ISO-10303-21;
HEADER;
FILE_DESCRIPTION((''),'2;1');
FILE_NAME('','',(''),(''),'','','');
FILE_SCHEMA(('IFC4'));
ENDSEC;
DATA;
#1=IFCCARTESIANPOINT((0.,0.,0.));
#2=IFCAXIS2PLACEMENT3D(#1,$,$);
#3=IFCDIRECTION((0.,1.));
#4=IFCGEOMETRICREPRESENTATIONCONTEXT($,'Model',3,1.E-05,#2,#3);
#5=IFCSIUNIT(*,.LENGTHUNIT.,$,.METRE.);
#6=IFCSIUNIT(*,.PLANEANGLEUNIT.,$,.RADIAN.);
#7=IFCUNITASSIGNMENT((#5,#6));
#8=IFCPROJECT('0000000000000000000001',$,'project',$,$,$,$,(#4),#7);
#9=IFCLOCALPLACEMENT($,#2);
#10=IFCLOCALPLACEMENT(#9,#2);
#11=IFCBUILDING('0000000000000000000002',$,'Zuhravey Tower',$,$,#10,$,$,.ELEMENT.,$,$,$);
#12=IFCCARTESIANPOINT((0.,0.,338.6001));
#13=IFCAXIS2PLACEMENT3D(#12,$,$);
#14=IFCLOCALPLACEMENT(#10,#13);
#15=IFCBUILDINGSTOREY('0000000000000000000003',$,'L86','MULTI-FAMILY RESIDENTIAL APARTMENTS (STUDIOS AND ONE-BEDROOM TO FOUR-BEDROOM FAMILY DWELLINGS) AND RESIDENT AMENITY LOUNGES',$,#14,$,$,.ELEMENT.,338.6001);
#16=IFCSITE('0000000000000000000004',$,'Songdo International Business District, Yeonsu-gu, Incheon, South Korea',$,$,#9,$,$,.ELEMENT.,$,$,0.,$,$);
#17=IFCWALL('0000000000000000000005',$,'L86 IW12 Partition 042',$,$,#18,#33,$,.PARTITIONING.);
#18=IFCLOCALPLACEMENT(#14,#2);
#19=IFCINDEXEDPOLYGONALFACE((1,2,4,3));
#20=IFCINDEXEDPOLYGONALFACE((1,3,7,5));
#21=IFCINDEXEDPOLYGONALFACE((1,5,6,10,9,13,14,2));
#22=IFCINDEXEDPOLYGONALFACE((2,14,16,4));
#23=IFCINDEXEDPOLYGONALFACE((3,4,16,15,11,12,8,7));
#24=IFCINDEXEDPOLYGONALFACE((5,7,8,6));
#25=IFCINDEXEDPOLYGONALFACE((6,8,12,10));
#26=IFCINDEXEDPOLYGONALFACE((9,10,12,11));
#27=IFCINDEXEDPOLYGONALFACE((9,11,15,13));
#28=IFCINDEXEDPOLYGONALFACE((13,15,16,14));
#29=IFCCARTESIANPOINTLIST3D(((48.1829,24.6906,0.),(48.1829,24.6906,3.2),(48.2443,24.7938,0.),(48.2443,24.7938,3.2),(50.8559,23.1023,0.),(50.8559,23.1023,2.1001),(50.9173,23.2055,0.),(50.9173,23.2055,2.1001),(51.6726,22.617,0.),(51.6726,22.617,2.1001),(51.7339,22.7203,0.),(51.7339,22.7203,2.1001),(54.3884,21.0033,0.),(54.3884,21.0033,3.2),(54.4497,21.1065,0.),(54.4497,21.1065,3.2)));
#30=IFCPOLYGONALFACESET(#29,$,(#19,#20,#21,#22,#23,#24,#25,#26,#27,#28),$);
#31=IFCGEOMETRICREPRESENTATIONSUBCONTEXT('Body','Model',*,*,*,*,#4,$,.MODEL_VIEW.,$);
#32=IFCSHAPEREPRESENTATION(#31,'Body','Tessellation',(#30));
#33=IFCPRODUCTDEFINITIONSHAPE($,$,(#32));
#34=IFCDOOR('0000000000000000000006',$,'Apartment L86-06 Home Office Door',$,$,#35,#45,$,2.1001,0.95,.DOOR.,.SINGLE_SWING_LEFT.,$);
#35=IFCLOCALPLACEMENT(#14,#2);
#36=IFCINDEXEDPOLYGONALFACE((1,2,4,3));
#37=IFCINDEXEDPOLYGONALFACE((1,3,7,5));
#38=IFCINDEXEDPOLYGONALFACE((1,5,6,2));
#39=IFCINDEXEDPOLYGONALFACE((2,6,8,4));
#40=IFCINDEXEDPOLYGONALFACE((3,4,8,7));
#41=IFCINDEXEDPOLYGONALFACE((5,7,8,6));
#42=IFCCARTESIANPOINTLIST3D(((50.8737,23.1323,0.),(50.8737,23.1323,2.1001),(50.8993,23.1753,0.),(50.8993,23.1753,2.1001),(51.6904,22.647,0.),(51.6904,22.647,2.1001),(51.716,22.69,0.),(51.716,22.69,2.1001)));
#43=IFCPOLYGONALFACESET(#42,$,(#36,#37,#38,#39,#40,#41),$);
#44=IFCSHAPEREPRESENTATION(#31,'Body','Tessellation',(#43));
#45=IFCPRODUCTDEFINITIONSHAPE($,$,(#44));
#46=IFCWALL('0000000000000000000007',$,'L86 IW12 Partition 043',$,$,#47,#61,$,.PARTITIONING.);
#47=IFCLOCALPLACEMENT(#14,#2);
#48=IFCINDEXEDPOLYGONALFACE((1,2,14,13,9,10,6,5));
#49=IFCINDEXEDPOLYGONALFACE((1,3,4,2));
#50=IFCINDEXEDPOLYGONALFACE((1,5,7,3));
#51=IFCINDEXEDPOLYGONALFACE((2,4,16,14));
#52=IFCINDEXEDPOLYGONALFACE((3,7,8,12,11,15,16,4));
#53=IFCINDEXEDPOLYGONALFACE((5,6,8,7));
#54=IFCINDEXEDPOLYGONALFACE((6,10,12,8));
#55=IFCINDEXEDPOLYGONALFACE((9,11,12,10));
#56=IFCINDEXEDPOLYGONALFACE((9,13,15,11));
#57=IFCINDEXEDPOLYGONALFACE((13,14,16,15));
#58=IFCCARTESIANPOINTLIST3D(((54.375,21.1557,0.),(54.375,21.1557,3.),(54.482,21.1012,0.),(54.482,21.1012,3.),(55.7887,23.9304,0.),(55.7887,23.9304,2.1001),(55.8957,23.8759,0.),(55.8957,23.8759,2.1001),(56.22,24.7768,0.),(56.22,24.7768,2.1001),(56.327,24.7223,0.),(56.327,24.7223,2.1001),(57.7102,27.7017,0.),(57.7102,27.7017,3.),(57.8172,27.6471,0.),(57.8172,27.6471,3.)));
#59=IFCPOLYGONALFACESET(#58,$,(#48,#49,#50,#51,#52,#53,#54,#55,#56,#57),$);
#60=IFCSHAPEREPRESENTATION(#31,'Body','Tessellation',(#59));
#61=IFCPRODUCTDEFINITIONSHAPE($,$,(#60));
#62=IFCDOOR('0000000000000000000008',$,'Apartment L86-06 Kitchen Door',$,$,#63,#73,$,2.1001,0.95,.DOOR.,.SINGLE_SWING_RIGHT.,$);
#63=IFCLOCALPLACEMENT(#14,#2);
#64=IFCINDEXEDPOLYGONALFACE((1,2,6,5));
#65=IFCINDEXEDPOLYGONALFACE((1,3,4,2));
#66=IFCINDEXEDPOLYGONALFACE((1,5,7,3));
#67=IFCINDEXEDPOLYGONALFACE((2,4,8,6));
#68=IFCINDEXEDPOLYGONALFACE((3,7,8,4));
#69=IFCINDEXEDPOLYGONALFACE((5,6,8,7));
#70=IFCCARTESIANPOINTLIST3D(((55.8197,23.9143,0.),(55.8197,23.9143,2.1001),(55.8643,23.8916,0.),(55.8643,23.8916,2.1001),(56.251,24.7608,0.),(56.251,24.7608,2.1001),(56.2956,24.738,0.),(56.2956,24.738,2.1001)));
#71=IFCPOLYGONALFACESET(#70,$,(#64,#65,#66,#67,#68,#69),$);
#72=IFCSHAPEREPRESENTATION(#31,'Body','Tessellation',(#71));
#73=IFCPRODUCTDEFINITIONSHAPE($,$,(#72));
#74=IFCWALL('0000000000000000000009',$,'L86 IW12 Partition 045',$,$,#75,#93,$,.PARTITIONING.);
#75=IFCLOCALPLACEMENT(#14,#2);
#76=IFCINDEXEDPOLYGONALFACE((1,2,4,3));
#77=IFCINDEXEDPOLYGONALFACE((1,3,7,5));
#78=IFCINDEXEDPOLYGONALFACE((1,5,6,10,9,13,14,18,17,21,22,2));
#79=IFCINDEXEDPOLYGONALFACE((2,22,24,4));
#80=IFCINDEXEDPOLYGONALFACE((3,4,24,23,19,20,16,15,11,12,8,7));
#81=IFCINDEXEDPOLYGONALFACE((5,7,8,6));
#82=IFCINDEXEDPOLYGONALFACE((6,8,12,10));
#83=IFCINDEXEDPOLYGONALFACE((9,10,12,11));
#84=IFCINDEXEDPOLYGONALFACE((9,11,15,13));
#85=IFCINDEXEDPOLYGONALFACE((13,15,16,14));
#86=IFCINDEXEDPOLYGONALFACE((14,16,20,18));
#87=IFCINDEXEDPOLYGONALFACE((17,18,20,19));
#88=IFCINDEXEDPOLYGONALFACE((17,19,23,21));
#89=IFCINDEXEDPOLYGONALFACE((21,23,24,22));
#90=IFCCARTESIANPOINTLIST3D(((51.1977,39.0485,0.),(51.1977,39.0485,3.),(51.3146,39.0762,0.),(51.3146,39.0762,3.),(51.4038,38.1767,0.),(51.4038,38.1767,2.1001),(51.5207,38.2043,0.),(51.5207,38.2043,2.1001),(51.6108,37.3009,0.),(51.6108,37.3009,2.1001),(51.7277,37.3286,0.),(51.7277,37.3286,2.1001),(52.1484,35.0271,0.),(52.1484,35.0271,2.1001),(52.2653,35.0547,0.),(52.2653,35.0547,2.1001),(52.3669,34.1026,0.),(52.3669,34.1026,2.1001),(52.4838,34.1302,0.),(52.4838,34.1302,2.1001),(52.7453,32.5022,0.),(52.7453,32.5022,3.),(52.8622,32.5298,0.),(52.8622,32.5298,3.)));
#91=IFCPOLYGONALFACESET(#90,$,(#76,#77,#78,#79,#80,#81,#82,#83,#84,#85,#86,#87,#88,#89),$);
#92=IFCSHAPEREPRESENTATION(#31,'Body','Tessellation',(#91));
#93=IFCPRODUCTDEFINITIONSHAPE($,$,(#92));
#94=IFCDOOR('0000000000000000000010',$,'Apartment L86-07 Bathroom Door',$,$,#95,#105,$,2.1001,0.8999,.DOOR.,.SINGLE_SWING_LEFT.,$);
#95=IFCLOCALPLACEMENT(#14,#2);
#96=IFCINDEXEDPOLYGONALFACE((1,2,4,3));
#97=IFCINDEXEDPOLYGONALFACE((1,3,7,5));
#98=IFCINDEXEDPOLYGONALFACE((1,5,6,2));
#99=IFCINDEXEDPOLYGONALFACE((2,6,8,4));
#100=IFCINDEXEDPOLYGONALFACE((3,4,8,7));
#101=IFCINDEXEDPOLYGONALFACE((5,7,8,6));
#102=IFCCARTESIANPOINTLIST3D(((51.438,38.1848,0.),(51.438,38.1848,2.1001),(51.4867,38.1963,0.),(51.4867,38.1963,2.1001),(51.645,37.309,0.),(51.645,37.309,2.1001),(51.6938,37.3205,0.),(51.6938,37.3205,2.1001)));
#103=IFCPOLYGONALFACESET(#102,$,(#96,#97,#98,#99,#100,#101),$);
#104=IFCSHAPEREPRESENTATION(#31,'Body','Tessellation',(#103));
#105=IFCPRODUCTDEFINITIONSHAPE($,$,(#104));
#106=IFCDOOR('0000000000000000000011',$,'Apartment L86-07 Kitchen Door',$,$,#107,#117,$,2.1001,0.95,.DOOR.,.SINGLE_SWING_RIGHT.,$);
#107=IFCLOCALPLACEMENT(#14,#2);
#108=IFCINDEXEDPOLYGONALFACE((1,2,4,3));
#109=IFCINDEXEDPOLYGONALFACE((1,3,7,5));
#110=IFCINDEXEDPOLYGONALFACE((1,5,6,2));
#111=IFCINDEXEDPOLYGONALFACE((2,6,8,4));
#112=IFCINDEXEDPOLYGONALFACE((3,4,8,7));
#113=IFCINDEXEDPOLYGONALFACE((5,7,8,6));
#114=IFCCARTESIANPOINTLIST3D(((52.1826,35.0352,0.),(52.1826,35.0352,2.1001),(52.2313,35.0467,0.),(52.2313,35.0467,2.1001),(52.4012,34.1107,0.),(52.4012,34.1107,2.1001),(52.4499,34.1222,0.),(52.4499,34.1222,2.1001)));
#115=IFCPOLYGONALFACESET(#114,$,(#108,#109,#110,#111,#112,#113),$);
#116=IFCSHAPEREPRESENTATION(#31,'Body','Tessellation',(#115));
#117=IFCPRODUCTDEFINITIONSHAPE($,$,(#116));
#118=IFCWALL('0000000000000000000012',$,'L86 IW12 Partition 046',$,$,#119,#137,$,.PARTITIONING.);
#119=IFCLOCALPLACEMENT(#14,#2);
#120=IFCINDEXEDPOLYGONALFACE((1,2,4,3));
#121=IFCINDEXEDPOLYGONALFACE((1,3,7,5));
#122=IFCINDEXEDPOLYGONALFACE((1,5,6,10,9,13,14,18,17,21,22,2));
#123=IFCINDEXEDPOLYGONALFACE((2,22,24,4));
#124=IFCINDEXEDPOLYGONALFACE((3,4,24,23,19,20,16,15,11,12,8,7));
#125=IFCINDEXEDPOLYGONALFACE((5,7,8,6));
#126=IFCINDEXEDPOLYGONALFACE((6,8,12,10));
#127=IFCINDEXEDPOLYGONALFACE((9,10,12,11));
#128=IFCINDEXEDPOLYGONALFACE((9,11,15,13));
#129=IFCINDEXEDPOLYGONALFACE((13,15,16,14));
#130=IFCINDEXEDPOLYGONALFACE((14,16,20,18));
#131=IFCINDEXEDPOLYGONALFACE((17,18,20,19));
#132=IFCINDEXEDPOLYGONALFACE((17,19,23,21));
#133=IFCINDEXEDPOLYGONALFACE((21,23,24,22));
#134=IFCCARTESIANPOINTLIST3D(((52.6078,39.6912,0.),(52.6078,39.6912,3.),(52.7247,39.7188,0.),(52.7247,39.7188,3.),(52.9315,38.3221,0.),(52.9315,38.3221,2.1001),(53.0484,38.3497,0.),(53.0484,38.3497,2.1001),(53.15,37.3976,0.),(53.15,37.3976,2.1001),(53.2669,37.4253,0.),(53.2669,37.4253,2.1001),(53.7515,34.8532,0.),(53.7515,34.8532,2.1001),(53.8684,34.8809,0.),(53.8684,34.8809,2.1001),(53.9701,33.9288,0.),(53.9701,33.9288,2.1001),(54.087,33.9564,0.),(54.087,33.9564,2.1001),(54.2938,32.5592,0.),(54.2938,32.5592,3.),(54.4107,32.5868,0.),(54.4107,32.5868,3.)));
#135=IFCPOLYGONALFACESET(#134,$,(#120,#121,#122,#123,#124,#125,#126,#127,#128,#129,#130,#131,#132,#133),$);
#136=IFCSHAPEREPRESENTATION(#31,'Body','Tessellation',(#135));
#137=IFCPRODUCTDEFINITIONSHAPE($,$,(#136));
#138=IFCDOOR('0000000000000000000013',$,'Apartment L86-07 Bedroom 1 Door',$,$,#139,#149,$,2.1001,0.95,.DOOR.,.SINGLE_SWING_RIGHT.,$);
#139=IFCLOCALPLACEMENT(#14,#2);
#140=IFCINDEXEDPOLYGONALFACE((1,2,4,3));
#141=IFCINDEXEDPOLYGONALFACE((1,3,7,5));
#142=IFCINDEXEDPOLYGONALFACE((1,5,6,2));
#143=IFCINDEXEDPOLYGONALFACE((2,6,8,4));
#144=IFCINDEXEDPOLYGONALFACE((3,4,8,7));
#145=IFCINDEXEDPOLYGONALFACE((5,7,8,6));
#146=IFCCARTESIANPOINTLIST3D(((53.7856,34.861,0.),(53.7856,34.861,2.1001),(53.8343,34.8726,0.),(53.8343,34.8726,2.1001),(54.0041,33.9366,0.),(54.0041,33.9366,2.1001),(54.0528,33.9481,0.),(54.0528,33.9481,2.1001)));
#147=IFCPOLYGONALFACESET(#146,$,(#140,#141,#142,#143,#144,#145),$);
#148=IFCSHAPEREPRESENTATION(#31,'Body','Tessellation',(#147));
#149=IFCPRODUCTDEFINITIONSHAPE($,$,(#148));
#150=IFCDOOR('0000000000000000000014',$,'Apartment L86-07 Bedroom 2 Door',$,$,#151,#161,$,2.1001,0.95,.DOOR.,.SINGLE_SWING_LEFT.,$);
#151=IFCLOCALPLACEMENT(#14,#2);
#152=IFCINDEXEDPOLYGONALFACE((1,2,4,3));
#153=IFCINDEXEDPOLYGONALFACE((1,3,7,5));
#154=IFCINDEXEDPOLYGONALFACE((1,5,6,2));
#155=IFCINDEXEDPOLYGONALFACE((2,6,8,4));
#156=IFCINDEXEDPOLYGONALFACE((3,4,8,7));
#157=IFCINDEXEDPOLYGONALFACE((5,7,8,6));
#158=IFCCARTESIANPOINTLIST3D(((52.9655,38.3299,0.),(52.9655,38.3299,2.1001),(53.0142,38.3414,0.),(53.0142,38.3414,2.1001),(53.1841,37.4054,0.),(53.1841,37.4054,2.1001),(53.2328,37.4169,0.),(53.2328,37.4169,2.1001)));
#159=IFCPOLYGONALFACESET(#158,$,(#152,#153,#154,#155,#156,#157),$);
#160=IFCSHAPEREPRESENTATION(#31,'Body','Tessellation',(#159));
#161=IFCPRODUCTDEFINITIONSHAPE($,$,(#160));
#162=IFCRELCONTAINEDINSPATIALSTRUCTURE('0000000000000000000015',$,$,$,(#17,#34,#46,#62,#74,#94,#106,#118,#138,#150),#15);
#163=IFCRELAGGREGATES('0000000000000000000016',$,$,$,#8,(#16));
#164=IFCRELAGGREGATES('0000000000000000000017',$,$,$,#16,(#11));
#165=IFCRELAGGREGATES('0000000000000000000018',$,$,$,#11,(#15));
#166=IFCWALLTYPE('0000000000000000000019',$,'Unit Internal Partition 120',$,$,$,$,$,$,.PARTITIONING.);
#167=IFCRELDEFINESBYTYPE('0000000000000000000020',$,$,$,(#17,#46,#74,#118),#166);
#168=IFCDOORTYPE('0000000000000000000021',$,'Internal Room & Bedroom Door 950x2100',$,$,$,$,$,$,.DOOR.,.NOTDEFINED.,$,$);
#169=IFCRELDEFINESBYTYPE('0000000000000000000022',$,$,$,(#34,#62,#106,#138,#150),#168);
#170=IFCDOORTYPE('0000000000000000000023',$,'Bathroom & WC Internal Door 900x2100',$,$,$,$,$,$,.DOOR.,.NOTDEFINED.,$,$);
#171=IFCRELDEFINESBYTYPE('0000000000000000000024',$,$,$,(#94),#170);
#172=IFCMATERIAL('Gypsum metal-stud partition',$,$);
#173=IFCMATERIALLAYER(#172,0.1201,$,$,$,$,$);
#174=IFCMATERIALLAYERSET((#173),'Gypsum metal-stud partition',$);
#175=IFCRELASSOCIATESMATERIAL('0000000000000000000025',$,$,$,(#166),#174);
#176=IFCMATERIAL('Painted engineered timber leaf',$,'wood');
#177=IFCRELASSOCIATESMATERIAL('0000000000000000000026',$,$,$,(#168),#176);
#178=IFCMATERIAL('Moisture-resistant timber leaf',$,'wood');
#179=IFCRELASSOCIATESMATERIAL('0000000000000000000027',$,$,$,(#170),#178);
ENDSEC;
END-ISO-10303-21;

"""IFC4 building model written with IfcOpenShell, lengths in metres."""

from ifc_helpers import new_model, si_unit, direction, frame, frame_2d, origin, place, context, subcontext, project, spatial, rectangle, extrude, material, layer, layer_set, type_object, element, fill, save


model = new_model("IFC4")

# Units and contexts
model_context = context("Model", 3, precision=1e-05, world=origin(), true_north=direction((0.0, 1.0)))
body_context = subcontext(model_context, "Body", "Model", "MODEL_VIEW")
ifc_project = project(units=[si_unit("LENGTHUNIT", "METRE"), si_unit("PLANEANGLEUNIT", "RADIAN")], contexts=[model_context])

# Site, building, storey
site_placement = place(None, origin())
site = spatial("IfcSite", under=ifc_project, at=site_placement, Name="Songdo International Business District, Yeonsu-gu, Incheon, South Korea", CompositionType="ELEMENT", RefElevation=0.0)
building_placement = place(site_placement, origin())
building = spatial("IfcBuilding", under=site, at=building_placement, Name="Zuhravey Tower", CompositionType="ELEMENT")
storey_placement = place(building_placement, frame((0.0, 0.0, 338.6001)))
storey = spatial("IfcBuildingStorey", under=building, at=storey_placement, Name="L86", Description="MULTI-FAMILY RESIDENTIAL APARTMENTS (STUDIOS AND ONE-BEDROOM TO FOUR-BEDROOM FAMILY DWELLINGS) AND RESIDENT AMENITY LOUNGES", CompositionType="ELEMENT", Elevation=338.6001)

# Walls, openings, doors
ifc_material_1 = material(Name="Gypsum metal-stud partition")
ifc_layer_1 = layer(ifc_material_1, 0.1201)
ifc_layer_set_1 = layer_set([ifc_layer_1], Name="Gypsum metal-stud partition")
wall_type_1 = type_object("IfcWallType", Name="Unit Internal Partition 120", PredefinedType="PARTITIONING", material=ifc_layer_set_1)
wall_1_placement = place(storey_placement, frame((48.2136, 24.7422, 0.0), z_axis=(0.0, 0.0, 1.0), x_axis=(0.859682, -0.51083, 0.0)))
wall_1 = element("IfcWall", 1, at=wall_1_placement, inside=storey, type_object=wall_type_1, Name="L86 IW12 Partition 042", PredefinedType="PARTITIONING", context=body_context, shape_type="SweptSolid", body=[
    extrude(rectangle(XDim=7.2183, YDim=0.1201, at=frame_2d((3.6091, 0.0))), origin(), (0.0, 0.0, 1.0), 3.2),
])
opening_1_placement = place(wall_1_placement, frame((3.1091, 0.0, 0.0)))
opening_1 = element("IfcOpeningElement", 2, at=opening_1_placement, cuts=wall_1, PredefinedType="OPENING", context=body_context, shape_type="SweptSolid", body=[
    extrude(rectangle(XDim=0.95, YDim=2.1001, at=frame_2d((0.4751, 1.05))), frame((0.0, 0.072, 0.0), z_axis=(0.0, -1.0, 0.0), x_axis=(1.0, 0.0, 0.0)), (0.0, 0.0, 1.0), 0.144),
])
ifc_material_2 = material(Name="Painted engineered timber leaf", Category="wood")
door_type_1 = type_object("IfcDoorType", Name="Internal Room & Bedroom Door 950x2100", OperationType="NOTDEFINED", PredefinedType="DOOR", material=ifc_material_2)
door_1_placement = place(opening_1_placement, origin())
door_1 = element("IfcDoor", 3, at=door_1_placement, inside=storey, type_object=door_type_1, Name="Apartment L86-06 Home Office Door", OperationType="SINGLE_SWING_LEFT", OverallHeight=2.1001, OverallWidth=0.95, PredefinedType="DOOR", context=body_context, shape_type="SweptSolid", body=[
    extrude(rectangle(XDim=0.95, YDim=2.1001, at=frame_2d((0.4751, 1.05))), frame((0.0, 0.0249, 0.0), z_axis=(0.0, -1.0, 0.0), x_axis=(1.0, 0.0, 0.0)), (0.0, 0.0, 1.0), 0.05),
])
fill(opening_1, door_1)
wall_2_placement = place(storey_placement, frame((54.4285, 21.1284, 0.0), z_axis=(0.0, 0.0, 1.0), x_axis=(0.45398, 0.891012, 0.0)))
wall_2 = element("IfcWall", 4, at=wall_2_placement, inside=storey, type_object=wall_type_1, Name="L86 IW12 Partition 043", PredefinedType="PARTITIONING", context=body_context, shape_type="SweptSolid", body=[
    extrude(rectangle(XDim=7.3467, YDim=0.1201, at=frame_2d((3.6733, 0.0))), origin(), (0.0, 0.0, 1.0), 3.0),
])
opening_2_placement = place(wall_2_placement, frame((3.114, 0.0, 0.0)))
opening_2 = element("IfcOpeningElement", 5, at=opening_2_placement, cuts=wall_2, PredefinedType="OPENING", context=body_context, shape_type="SweptSolid", body=[
    extrude(rectangle(XDim=0.95, YDim=2.1001, at=frame_2d((0.4751, 1.05))), frame((0.0, 0.072, 0.0), z_axis=(0.0, -1.0, 0.0), x_axis=(1.0, 0.0, 0.0)), (0.0, 0.0, 1.0), 0.144),
])
door_2_placement = place(opening_2_placement, frame((0.95, 0.0, 0.0), z_axis=(0.0, 0.0, 1.0), x_axis=(-1.0, 0.0, 0.0)))
door_2 = element("IfcDoor", 6, at=door_2_placement, inside=storey, type_object=door_type_1, Name="Apartment L86-06 Kitchen Door", OperationType="SINGLE_SWING_RIGHT", OverallHeight=2.1001, OverallWidth=0.95, PredefinedType="DOOR", context=body_context, shape_type="SweptSolid", body=[
    extrude(rectangle(XDim=0.95, YDim=2.1001, at=frame_2d((0.4751, 1.05))), frame((0.0, 0.0249, 0.0), z_axis=(0.0, -1.0, 0.0), x_axis=(1.0, 0.0, 0.0)), (0.0, 0.0, 1.0), 0.05),
])
fill(opening_2, door_2)

# Walls, openings, doors
wall_3_placement = place(storey_placement, frame((52.8037, 32.5161, 0.0), z_axis=(0.0, 0.0, 1.0), x_axis=(-0.230065, 0.973175, 0.0)))
wall_3 = element("IfcWall", 7, at=wall_3_placement, inside=storey, type_object=wall_type_1, Name="L86 IW12 Partition 045", PredefinedType="PARTITIONING", context=body_context, shape_type="SweptSolid", body=[
    extrude(rectangle(XDim=6.7268, YDim=0.1201, at=frame_2d((3.3633, 0.0))), origin(), (0.0, 0.0, 1.0), 3.0),
])
opening_3_placement = place(wall_3_placement, frame((1.6443, 0.0, 0.0)))
opening_3 = element("IfcOpeningElement", 8, at=opening_3_placement, cuts=wall_3, PredefinedType="OPENING", context=body_context, shape_type="SweptSolid", body=[
    extrude(rectangle(XDim=0.95, YDim=2.1001, at=frame_2d((0.4751, 1.05))), frame((0.0, 0.072, 0.0), z_axis=(0.0, -1.0, 0.0), x_axis=(1.0, 0.0, 0.0)), (0.0, 0.0, 1.0), 0.144),
])
opening_4_placement = place(wall_3_placement, frame((4.9309, 0.0, 0.0)))
opening_4 = element("IfcOpeningElement", 9, at=opening_4_placement, cuts=wall_3, PredefinedType="OPENING", context=body_context, shape_type="SweptSolid", body=[
    extrude(rectangle(XDim=0.8999, YDim=2.1001, at=frame_2d((0.45, 1.05))), frame((0.0, 0.072, 0.0), z_axis=(0.0, -1.0, 0.0), x_axis=(1.0, 0.0, 0.0)), (0.0, 0.0, 1.0), 0.144),
])
ifc_material_3 = material(Name="Moisture-resistant timber leaf", Category="wood")
door_type_2 = type_object("IfcDoorType", Name="Bathroom & WC Internal Door 900x2100", OperationType="NOTDEFINED", PredefinedType="DOOR", material=ifc_material_3)
door_3_placement = place(opening_4_placement, origin())
door_3 = element("IfcDoor", 10, at=door_3_placement, inside=storey, type_object=door_type_2, Name="Apartment L86-07 Bathroom Door", OperationType="SINGLE_SWING_LEFT", OverallHeight=2.1001, OverallWidth=0.8999, PredefinedType="DOOR", context=body_context, shape_type="SweptSolid", body=[
    extrude(rectangle(XDim=0.8999, YDim=2.1001, at=frame_2d((0.45, 1.05))), frame((0.0, 0.0249, 0.0), z_axis=(0.0, -1.0, 0.0), x_axis=(1.0, 0.0, 0.0)), (0.0, 0.0, 1.0), 0.05),
])
fill(opening_4, door_3)
door_4_placement = place(opening_3_placement, origin())
door_4 = element("IfcDoor", 11, at=door_4_placement, inside=storey, type_object=door_type_1, Name="Apartment L86-07 Kitchen Door", OperationType="SINGLE_SWING_RIGHT", OverallHeight=2.1001, OverallWidth=0.95, PredefinedType="DOOR", context=body_context, shape_type="SweptSolid", body=[
    extrude(rectangle(XDim=0.95, YDim=2.1001, at=frame_2d((0.4751, 1.05))), frame((0.0, 0.0249, 0.0), z_axis=(0.0, -1.0, 0.0), x_axis=(1.0, 0.0, 0.0)), (0.0, 0.0, 1.0), 0.05),
])
fill(opening_3, door_4)
wall_4_placement = place(storey_placement, frame((54.3523, 32.573, 0.0), z_axis=(0.0, 0.0, 1.0), x_axis=(-0.23006, 0.973176, 0.0)))
wall_4 = element("IfcWall", 12, at=wall_4_placement, inside=storey, type_object=wall_type_1, Name="L86 IW12 Partition 046", PredefinedType="PARTITIONING", context=body_context, shape_type="SweptSolid", body=[
    extrude(rectangle(XDim=7.3286, YDim=0.1201, at=frame_2d((3.6643, 0.0))), origin(), (0.0, 0.0, 1.0), 3.0),
])
opening_5_placement = place(wall_4_placement, frame((1.4072, 0.0, 0.0)))
opening_5 = element("IfcOpeningElement", 13, at=opening_5_placement, cuts=wall_4, PredefinedType="OPENING", context=body_context, shape_type="SweptSolid", body=[
    extrude(rectangle(XDim=0.95, YDim=2.1001, at=frame_2d((0.4751, 1.05))), frame((0.0, 0.072, 0.0), z_axis=(0.0, -1.0, 0.0), x_axis=(1.0, 0.0, 0.0)), (0.0, 0.0, 1.0), 0.144),
])
opening_6_placement = place(wall_4_placement, frame((4.9717, 0.0, 0.0)))
opening_6 = element("IfcOpeningElement", 14, at=opening_6_placement, cuts=wall_4, PredefinedType="OPENING", context=body_context, shape_type="SweptSolid", body=[
    extrude(rectangle(XDim=0.95, YDim=2.1001, at=frame_2d((0.4751, 1.05))), frame((0.0, 0.072, 0.0), z_axis=(0.0, -1.0, 0.0), x_axis=(1.0, 0.0, 0.0)), (0.0, 0.0, 1.0), 0.144),
])
door_5_placement = place(opening_5_placement, frame((0.95, 0.0, 0.0), z_axis=(0.0, 0.0, 1.0), x_axis=(-1.0, 0.0, 0.0)))
door_5 = element("IfcDoor", 15, at=door_5_placement, inside=storey, type_object=door_type_1, Name="Apartment L86-07 Bedroom 1 Door", OperationType="SINGLE_SWING_RIGHT", OverallHeight=2.1001, OverallWidth=0.95, PredefinedType="DOOR", context=body_context, shape_type="SweptSolid", body=[
    extrude(rectangle(XDim=0.95, YDim=2.1001, at=frame_2d((0.4751, 1.05))), frame((0.0, 0.0249, 0.0), z_axis=(0.0, -1.0, 0.0), x_axis=(1.0, 0.0, 0.0)), (0.0, 0.0, 1.0), 0.05),
])
fill(opening_5, door_5)
door_6_placement = place(opening_6_placement, frame((0.95, 0.0, 0.0), z_axis=(0.0, 0.0, 1.0), x_axis=(-1.0, 0.0, 0.0)))
door_6 = element("IfcDoor", 16, at=door_6_placement, inside=storey, type_object=door_type_1, Name="Apartment L86-07 Bedroom 2 Door", OperationType="SINGLE_SWING_LEFT", OverallHeight=2.1001, OverallWidth=0.95, PredefinedType="DOOR", context=body_context, shape_type="SweptSolid", body=[
    extrude(rectangle(XDim=0.95, YDim=2.1001, at=frame_2d((0.4751, 1.05))), frame((0.0, 0.0249, 0.0), z_axis=(0.0, -1.0, 0.0), x_axis=(1.0, 0.0, 0.0)), (0.0, 0.0, 1.0), 0.05),
])
fill(opening_6, door_6)

save(model, "model.ifc")
